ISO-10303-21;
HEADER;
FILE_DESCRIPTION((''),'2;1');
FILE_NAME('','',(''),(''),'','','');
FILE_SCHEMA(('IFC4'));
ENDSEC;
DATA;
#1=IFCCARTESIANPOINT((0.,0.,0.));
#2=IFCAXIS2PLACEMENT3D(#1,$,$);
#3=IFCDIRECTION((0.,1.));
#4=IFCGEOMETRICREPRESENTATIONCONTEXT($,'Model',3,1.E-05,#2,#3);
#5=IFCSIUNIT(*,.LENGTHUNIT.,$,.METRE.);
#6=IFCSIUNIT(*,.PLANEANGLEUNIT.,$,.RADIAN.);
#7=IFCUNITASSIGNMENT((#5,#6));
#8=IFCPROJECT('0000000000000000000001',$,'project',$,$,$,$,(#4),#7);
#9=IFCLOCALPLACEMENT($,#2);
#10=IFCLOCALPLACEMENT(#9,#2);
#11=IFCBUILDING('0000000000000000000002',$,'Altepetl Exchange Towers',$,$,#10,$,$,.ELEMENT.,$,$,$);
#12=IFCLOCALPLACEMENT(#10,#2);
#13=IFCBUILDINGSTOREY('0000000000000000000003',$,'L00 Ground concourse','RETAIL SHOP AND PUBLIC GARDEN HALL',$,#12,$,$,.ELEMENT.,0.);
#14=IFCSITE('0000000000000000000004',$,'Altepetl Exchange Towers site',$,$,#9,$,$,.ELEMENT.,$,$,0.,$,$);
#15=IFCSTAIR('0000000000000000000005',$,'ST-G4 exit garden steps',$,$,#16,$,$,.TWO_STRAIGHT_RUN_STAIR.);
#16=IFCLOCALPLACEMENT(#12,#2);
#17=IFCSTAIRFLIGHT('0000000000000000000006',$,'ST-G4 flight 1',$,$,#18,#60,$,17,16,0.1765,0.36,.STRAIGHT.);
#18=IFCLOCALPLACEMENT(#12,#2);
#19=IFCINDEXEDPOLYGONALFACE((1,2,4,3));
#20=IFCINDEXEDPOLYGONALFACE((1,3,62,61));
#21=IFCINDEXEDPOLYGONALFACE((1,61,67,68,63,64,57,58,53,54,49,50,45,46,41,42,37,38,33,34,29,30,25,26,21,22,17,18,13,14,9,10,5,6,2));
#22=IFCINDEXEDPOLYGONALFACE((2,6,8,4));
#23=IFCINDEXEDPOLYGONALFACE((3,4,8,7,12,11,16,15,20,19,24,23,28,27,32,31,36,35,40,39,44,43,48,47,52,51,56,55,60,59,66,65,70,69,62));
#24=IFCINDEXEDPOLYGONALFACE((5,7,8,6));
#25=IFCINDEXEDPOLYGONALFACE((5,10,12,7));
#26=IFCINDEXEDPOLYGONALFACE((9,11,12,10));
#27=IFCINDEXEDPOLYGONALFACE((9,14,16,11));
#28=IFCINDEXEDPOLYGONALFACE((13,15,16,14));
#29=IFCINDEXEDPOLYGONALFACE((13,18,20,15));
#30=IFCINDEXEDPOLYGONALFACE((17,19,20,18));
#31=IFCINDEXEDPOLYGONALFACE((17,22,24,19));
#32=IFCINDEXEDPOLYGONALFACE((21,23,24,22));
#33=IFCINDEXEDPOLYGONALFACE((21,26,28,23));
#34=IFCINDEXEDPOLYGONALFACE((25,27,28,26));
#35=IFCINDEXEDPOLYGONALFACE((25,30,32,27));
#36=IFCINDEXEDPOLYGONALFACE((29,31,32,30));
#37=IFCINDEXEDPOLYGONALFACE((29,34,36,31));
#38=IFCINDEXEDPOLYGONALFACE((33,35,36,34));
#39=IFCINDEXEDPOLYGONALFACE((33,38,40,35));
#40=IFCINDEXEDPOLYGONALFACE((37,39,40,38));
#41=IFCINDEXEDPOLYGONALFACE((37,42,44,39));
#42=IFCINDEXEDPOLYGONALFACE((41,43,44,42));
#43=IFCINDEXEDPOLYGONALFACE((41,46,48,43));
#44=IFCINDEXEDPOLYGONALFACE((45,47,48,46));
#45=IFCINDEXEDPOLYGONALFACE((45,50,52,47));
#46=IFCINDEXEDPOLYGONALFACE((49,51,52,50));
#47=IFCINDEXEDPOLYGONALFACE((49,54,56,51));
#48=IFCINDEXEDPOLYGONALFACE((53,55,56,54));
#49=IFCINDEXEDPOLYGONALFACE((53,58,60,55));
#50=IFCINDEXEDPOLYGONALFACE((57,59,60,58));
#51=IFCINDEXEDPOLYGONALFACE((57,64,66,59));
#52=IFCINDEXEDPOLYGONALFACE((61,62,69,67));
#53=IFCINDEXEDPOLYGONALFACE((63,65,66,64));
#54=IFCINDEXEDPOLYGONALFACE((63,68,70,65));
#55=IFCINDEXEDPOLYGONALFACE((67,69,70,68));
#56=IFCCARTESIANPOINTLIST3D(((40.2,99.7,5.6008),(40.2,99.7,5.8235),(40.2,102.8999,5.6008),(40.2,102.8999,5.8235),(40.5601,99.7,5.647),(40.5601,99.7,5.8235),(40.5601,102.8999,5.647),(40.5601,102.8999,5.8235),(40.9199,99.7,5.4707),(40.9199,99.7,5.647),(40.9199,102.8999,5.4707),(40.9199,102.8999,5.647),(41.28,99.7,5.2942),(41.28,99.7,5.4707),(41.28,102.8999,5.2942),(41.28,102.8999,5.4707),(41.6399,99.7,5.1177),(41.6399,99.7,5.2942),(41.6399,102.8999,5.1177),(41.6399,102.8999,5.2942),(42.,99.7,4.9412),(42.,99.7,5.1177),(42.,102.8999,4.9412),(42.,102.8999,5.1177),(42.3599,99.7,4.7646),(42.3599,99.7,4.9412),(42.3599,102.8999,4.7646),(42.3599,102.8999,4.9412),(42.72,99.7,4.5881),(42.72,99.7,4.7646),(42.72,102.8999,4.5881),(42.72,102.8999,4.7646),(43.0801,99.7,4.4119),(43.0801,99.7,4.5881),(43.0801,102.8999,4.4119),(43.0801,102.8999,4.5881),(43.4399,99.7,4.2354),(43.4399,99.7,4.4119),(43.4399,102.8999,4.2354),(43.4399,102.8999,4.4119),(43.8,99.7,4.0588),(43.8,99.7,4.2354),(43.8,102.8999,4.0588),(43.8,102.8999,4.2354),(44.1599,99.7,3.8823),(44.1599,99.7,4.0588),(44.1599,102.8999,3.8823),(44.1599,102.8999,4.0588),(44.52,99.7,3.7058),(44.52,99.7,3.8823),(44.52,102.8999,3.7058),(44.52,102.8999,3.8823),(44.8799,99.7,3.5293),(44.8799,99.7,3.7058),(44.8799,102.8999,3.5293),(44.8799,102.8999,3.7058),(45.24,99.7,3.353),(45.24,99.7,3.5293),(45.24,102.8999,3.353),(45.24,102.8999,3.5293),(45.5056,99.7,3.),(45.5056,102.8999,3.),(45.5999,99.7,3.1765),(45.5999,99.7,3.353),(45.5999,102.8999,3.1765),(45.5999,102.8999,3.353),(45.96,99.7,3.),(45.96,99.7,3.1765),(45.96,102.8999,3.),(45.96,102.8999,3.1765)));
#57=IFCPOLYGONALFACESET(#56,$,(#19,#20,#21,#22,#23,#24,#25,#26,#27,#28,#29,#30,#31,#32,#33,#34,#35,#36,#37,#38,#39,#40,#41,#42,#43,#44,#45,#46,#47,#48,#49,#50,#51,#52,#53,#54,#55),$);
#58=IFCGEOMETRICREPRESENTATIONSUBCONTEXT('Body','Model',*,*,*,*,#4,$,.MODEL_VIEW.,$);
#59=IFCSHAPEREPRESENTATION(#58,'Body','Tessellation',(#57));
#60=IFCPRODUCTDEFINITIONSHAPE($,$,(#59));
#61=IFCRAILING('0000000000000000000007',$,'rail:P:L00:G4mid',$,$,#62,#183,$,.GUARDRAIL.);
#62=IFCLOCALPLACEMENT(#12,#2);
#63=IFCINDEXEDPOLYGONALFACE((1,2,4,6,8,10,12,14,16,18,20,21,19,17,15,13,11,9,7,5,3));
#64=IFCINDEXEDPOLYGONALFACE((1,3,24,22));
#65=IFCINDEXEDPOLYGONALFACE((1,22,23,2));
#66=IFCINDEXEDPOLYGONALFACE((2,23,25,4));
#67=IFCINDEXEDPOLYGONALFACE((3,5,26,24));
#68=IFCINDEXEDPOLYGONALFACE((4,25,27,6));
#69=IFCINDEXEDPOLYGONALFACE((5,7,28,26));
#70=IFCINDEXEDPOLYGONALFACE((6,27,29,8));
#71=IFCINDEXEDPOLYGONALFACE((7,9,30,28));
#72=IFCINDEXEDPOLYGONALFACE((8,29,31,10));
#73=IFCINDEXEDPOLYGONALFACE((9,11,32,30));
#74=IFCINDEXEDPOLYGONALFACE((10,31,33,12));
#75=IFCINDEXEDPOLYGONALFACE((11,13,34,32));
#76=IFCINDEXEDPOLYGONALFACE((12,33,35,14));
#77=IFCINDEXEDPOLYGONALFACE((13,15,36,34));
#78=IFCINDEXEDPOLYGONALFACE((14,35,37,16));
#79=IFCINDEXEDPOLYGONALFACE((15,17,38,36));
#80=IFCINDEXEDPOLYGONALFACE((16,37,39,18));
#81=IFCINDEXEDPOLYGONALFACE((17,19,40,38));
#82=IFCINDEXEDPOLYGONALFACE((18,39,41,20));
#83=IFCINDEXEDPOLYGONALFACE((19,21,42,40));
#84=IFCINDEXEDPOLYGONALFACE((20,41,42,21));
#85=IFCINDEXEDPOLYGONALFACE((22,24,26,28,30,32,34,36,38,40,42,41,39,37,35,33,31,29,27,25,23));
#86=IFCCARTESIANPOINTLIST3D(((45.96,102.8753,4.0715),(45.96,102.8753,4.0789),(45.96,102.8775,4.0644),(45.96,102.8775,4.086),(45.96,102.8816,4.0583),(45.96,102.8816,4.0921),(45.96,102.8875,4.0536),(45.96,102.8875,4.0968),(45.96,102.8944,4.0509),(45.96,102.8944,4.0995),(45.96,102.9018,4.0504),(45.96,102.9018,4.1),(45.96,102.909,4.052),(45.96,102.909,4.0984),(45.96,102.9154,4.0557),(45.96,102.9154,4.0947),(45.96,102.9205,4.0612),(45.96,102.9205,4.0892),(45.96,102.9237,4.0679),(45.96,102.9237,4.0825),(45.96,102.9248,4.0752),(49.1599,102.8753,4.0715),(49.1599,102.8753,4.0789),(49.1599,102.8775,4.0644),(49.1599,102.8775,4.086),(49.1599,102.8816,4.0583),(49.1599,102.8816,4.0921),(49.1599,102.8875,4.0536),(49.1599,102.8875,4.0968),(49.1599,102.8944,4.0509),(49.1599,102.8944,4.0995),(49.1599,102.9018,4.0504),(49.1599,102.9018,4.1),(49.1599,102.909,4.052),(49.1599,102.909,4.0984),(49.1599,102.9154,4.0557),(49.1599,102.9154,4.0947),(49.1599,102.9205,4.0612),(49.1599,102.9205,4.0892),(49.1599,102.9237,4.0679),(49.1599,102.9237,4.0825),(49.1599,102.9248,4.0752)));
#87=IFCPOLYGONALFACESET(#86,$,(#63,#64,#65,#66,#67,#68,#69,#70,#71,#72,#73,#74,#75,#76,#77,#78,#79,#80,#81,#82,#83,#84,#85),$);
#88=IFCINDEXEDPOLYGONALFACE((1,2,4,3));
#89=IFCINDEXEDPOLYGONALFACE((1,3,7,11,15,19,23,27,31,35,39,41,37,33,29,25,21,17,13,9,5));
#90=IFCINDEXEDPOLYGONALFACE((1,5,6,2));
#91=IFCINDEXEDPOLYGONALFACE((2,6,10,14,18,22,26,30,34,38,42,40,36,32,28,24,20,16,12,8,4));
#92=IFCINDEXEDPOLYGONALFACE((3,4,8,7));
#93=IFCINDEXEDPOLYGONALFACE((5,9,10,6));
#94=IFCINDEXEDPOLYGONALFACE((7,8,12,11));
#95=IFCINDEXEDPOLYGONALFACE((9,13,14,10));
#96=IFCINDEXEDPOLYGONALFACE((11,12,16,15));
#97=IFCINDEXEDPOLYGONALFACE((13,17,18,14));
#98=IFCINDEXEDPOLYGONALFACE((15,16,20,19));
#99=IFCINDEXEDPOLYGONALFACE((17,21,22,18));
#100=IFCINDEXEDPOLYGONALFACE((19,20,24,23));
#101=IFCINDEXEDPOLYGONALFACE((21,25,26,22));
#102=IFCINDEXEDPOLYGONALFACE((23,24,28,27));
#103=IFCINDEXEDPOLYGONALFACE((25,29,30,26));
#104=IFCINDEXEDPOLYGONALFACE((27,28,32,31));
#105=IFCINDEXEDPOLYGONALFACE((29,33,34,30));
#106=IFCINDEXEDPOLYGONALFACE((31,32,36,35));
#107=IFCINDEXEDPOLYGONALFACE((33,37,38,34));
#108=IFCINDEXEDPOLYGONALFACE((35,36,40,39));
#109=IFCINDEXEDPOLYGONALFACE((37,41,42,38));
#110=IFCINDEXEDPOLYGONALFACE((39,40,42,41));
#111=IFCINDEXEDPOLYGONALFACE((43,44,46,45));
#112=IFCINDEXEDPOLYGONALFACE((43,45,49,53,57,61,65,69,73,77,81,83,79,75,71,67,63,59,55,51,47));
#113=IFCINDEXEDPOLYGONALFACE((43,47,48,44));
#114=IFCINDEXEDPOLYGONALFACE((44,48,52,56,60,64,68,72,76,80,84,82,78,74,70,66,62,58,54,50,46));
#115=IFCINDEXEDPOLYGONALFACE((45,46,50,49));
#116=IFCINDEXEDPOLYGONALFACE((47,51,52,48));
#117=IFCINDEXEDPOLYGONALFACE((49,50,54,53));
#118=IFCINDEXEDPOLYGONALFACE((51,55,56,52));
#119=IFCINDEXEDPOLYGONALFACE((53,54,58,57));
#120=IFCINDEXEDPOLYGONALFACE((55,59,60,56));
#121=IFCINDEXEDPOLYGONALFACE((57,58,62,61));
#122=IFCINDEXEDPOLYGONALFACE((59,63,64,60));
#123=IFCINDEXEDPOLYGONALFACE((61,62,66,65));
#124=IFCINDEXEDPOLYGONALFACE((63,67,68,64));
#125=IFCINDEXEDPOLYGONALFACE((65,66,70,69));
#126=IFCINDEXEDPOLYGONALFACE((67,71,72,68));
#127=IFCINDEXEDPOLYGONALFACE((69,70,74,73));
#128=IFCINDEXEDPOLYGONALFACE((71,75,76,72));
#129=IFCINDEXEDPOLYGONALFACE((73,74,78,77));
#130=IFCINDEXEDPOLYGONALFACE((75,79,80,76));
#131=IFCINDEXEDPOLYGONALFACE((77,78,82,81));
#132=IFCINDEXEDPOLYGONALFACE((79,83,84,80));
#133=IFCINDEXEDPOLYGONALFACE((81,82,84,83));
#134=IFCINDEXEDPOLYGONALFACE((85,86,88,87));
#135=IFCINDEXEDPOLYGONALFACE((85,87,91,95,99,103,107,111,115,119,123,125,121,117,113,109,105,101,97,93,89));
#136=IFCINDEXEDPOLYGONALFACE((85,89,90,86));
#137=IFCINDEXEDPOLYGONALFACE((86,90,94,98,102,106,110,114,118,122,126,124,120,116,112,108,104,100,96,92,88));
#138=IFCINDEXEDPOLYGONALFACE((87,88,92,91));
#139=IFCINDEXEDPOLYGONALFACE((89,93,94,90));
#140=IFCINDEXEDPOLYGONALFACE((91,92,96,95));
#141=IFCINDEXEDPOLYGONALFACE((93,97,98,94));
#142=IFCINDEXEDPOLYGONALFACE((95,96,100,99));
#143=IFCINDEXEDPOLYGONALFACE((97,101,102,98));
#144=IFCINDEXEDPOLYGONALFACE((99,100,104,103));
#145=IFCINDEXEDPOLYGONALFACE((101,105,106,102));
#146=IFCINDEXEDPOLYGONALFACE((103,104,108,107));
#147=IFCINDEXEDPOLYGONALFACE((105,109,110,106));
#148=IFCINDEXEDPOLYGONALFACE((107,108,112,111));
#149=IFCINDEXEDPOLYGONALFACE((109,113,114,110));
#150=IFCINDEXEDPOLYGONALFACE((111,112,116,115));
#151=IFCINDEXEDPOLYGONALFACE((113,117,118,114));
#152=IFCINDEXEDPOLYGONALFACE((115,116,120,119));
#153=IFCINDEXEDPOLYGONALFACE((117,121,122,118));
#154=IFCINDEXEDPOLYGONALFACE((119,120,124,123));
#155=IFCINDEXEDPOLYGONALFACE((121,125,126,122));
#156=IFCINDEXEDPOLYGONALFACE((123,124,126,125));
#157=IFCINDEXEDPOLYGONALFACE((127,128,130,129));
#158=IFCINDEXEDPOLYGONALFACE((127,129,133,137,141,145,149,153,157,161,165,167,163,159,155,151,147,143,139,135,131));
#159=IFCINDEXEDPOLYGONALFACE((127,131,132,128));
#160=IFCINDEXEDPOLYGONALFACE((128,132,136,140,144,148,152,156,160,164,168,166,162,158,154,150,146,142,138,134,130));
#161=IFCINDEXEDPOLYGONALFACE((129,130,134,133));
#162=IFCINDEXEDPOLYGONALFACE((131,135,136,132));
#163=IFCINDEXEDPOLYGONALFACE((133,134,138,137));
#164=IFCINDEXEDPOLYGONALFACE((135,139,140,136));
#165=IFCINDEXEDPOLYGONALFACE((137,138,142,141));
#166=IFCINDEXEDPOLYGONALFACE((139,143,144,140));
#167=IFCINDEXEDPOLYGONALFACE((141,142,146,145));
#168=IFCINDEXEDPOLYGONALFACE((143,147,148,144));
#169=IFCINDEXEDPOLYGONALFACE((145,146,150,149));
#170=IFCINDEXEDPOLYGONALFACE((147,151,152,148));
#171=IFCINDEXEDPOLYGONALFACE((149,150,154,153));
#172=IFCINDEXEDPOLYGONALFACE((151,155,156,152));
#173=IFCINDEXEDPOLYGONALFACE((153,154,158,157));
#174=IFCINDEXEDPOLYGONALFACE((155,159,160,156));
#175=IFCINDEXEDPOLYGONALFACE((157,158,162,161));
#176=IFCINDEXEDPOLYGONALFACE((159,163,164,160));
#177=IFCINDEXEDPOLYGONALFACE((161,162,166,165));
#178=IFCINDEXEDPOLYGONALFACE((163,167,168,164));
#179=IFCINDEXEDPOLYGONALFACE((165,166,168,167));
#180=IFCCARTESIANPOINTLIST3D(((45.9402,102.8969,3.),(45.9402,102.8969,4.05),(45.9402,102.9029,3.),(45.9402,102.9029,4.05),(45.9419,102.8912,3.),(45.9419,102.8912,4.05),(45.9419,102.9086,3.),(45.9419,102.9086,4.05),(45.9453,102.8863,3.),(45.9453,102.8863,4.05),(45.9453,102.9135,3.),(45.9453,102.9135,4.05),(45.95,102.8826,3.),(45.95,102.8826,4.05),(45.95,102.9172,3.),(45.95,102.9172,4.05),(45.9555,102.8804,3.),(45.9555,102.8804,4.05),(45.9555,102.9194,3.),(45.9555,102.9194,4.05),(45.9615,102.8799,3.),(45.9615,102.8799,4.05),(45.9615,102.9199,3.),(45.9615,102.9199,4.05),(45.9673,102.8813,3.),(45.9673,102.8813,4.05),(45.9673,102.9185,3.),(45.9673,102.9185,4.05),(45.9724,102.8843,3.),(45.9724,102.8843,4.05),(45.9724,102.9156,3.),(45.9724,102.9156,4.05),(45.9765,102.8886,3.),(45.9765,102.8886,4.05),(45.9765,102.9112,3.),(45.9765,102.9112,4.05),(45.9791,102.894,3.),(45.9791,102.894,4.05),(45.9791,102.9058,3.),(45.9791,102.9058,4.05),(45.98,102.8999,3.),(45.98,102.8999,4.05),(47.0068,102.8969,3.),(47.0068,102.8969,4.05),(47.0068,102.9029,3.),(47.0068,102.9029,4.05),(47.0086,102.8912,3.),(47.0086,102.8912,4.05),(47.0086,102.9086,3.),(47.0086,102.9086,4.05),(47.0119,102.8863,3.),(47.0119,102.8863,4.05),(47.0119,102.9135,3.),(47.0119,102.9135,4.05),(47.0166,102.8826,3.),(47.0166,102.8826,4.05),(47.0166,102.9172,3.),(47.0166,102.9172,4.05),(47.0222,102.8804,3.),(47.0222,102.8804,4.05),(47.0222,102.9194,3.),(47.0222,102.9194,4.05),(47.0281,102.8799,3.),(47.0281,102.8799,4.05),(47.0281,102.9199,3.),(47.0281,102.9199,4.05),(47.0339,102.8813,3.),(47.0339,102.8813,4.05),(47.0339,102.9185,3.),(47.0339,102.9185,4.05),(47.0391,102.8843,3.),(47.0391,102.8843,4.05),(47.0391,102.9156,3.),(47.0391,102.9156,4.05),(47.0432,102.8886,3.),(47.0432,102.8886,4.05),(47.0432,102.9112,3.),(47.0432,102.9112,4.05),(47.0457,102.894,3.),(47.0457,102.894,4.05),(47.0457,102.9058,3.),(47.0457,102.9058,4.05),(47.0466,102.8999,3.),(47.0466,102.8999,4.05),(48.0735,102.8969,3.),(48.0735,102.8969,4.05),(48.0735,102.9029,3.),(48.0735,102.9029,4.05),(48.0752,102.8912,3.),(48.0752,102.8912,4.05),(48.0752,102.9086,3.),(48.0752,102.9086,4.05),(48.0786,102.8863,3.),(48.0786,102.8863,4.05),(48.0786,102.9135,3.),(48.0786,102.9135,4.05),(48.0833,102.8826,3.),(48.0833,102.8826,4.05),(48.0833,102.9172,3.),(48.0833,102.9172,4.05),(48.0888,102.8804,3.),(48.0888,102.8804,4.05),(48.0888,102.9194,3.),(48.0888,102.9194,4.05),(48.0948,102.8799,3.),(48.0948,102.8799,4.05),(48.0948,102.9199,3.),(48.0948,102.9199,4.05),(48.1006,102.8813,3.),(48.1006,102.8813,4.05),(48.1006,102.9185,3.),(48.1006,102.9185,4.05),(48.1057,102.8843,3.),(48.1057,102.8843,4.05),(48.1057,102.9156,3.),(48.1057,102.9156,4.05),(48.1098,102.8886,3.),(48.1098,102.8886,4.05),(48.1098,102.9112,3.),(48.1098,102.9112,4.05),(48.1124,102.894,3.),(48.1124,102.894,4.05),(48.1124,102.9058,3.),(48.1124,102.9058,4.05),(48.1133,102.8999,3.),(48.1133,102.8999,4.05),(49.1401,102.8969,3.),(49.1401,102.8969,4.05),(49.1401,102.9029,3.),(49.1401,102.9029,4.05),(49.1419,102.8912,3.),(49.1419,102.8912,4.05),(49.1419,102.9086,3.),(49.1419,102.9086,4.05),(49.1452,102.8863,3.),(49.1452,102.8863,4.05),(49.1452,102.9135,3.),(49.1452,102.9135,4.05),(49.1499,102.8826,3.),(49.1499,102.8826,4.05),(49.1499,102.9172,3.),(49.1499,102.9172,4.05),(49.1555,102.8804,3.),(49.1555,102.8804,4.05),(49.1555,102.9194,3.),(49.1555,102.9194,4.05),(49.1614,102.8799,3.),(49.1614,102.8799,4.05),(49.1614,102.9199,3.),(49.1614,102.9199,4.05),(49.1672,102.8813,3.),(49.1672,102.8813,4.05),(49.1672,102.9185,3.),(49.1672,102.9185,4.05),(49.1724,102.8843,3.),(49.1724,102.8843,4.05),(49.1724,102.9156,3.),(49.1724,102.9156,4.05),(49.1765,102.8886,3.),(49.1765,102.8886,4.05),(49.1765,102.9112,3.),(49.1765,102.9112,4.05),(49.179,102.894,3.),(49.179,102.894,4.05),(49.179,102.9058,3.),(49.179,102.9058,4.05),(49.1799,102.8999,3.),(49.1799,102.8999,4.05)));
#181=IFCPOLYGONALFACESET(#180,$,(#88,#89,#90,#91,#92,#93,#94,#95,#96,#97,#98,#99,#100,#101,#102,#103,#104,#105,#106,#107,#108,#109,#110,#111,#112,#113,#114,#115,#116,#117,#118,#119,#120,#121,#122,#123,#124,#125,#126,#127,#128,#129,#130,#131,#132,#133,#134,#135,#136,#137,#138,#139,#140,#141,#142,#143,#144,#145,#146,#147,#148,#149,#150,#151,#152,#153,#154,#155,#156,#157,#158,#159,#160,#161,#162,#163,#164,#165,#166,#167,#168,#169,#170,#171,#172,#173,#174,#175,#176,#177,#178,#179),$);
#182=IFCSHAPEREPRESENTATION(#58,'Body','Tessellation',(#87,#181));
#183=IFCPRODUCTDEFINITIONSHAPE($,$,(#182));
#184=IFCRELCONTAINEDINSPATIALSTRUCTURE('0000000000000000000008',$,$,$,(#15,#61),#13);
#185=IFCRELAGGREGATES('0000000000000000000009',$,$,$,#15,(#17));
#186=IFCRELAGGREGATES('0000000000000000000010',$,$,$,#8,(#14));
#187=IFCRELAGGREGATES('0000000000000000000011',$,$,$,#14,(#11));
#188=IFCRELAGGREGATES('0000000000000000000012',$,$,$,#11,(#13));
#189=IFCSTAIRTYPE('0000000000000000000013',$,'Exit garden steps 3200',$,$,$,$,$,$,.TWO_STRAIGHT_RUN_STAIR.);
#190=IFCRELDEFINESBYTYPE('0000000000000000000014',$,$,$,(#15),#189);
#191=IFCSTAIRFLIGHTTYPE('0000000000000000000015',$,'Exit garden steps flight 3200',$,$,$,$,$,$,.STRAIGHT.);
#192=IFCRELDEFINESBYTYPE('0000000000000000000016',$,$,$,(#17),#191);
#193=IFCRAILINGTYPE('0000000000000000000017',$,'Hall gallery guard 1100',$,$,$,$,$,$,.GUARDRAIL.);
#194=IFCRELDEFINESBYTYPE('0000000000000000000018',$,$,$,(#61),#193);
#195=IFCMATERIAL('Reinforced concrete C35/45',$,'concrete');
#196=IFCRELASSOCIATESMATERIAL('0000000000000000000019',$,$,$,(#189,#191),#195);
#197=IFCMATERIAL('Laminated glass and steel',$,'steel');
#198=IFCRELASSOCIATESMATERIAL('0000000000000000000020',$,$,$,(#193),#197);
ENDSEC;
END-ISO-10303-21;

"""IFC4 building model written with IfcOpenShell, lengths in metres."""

from ifc_helpers import new_model, si_unit, direction, frame, origin, origin_2d, place, context, subcontext, project, spatial, polyline, circle, outline, extrude, source, transform, mapped, material, type_object, element, aggregate, save


model = new_model("IFC4")

# Units and contexts
model_context = context("Model", 3, precision=1e-05, world=origin(), true_north=direction((0.0, 1.0)))
body_context = subcontext(model_context, "Body", "Model", "MODEL_VIEW")
ifc_project = project(units=[si_unit("LENGTHUNIT", "METRE"), si_unit("PLANEANGLEUNIT", "RADIAN")], contexts=[model_context])

# Site, building, storey
site_placement = place(None, origin())
site = spatial("IfcSite", under=ifc_project, at=site_placement, Name="Altepetl Exchange Towers site", CompositionType="ELEMENT", RefElevation=0.0)
building_placement = place(site_placement, origin())
building = spatial("IfcBuilding", under=site, at=building_placement, Name="Altepetl Exchange Towers", CompositionType="ELEMENT")
storey_placement = place(building_placement, origin())
storey = spatial("IfcBuildingStorey", under=building, at=storey_placement, Name="L00 Ground concourse", Description="RETAIL SHOP AND PUBLIC GARDEN HALL", CompositionType="ELEMENT", Elevation=0.0)

# Stair, stair flight
ifc_material_1 = material(Name="Reinforced concrete C35/45", Category="concrete")
stair_type = type_object("IfcStairType", Name="Exit garden steps 3200", PredefinedType="TWO_STRAIGHT_RUN_STAIR", material=ifc_material_1)
stair_placement = place(storey_placement, origin())
stair = element("IfcStair", 1, at=stair_placement, inside=storey, type_object=stair_type, Name="ST-G4 exit garden steps", PredefinedType="TWO_STRAIGHT_RUN_STAIR")
stair_flight_type = type_object("IfcStairFlightType", Name="Exit garden steps flight 3200", PredefinedType="STRAIGHT", material=ifc_material_1)
stair_flight_placement = place(storey_placement, frame((45.96, 101.3, 3.0), z_axis=(0.0, 0.0, 1.0), x_axis=(-1.0, 0.0, 0.0)))
stair_flight = element("IfcStairFlight", 2, at=stair_flight_placement, type_object=stair_flight_type, Name="ST-G4 flight 1", NumberOfRisers=17, NumberOfTreads=16, PredefinedType="STRAIGHT", RiserHeight=0.1765, TreadLength=0.36, context=body_context, shape_type="SweptSolid", body=[
    extrude(outline(polyline([(0.0, 0.0), (0.0, 0.1765), (0.3601, 0.1765), (0.3601, 0.353), (0.72, 0.353), (0.72, 0.5293), (1.0801, 0.5293), (1.0801, 0.7058), (1.4399, 0.7058), (1.4399, 0.8823), (1.8, 0.8823), (1.8, 1.0588), (2.1599, 1.0588), (2.1599, 1.2354), (2.52, 1.2354), (2.52, 1.4119), (2.8799, 1.4119), (2.8799, 1.5881), (3.24, 1.5881), (3.24, 1.7646), (3.6001, 1.7646), (3.6001, 1.9412), (3.96, 1.9412), (3.96, 2.1177), (4.3201, 2.1177), (4.3201, 2.2942), (4.6799, 2.2942), (4.6799, 2.4707), (5.04, 2.4707), (5.04, 2.647), (5.3999, 2.647), (5.3999, 2.8235), (5.76, 2.8235), (5.76, 3.0), (5.76, 2.6008), (0.4543, 0.0), (0.0, 0.0)])), frame((0.0, 1.6001, 0.0), z_axis=(0.0, -1.0, 0.0), x_axis=(1.0, 0.0, 0.0)), (0.0, 0.0, 1.0), 3.2),
])
aggregate(stair, [stair_flight])

# Railing
ifc_material_2 = material(Name="Laminated glass and steel", Category="steel")
railing_type_1 = type_object("IfcRailingType", Name="Hall gallery guard 1100", PredefinedType="GUARDRAIL", material=ifc_material_2)
shared_shape_1 = source(origin(), body_context, "Body", "SweptSolid", [
    extrude(circle(Radius=0.02, at=origin_2d()), origin(), (0.0, 0.0, 1.0), 1.05),
])
for number, where, name in (
    (3, (45.96, 102.8999, 3.0), "rail:P:L00:G4mid"),
):
    element("IfcRailing", number, at=place(storey_placement, frame(where)), inside=storey, type_object=railing_type_1, Name=name, PredefinedType="GUARDRAIL", context=body_context, shape_type="SweptSolid", body=[
        extrude(circle(Radius=0.0249, at=origin_2d()), frame((0.0, 0.0, 1.0752), z_axis=(1.0, 0.0, 0.0), x_axis=(0.0, 1.0, 0.0)), (0.0, 0.0, 1.0), 3.2),
        mapped(shared_shape_1, transform((0.0, 0.0, 0.0))),
        mapped(shared_shape_1, transform((1.0667, 0.0, 0.0))),
        mapped(shared_shape_1, transform((2.1333, 0.0, 0.0))),
        mapped(shared_shape_1, transform((3.2, 0.0, 0.0))),
    ])

save(model, "model.ifc")
